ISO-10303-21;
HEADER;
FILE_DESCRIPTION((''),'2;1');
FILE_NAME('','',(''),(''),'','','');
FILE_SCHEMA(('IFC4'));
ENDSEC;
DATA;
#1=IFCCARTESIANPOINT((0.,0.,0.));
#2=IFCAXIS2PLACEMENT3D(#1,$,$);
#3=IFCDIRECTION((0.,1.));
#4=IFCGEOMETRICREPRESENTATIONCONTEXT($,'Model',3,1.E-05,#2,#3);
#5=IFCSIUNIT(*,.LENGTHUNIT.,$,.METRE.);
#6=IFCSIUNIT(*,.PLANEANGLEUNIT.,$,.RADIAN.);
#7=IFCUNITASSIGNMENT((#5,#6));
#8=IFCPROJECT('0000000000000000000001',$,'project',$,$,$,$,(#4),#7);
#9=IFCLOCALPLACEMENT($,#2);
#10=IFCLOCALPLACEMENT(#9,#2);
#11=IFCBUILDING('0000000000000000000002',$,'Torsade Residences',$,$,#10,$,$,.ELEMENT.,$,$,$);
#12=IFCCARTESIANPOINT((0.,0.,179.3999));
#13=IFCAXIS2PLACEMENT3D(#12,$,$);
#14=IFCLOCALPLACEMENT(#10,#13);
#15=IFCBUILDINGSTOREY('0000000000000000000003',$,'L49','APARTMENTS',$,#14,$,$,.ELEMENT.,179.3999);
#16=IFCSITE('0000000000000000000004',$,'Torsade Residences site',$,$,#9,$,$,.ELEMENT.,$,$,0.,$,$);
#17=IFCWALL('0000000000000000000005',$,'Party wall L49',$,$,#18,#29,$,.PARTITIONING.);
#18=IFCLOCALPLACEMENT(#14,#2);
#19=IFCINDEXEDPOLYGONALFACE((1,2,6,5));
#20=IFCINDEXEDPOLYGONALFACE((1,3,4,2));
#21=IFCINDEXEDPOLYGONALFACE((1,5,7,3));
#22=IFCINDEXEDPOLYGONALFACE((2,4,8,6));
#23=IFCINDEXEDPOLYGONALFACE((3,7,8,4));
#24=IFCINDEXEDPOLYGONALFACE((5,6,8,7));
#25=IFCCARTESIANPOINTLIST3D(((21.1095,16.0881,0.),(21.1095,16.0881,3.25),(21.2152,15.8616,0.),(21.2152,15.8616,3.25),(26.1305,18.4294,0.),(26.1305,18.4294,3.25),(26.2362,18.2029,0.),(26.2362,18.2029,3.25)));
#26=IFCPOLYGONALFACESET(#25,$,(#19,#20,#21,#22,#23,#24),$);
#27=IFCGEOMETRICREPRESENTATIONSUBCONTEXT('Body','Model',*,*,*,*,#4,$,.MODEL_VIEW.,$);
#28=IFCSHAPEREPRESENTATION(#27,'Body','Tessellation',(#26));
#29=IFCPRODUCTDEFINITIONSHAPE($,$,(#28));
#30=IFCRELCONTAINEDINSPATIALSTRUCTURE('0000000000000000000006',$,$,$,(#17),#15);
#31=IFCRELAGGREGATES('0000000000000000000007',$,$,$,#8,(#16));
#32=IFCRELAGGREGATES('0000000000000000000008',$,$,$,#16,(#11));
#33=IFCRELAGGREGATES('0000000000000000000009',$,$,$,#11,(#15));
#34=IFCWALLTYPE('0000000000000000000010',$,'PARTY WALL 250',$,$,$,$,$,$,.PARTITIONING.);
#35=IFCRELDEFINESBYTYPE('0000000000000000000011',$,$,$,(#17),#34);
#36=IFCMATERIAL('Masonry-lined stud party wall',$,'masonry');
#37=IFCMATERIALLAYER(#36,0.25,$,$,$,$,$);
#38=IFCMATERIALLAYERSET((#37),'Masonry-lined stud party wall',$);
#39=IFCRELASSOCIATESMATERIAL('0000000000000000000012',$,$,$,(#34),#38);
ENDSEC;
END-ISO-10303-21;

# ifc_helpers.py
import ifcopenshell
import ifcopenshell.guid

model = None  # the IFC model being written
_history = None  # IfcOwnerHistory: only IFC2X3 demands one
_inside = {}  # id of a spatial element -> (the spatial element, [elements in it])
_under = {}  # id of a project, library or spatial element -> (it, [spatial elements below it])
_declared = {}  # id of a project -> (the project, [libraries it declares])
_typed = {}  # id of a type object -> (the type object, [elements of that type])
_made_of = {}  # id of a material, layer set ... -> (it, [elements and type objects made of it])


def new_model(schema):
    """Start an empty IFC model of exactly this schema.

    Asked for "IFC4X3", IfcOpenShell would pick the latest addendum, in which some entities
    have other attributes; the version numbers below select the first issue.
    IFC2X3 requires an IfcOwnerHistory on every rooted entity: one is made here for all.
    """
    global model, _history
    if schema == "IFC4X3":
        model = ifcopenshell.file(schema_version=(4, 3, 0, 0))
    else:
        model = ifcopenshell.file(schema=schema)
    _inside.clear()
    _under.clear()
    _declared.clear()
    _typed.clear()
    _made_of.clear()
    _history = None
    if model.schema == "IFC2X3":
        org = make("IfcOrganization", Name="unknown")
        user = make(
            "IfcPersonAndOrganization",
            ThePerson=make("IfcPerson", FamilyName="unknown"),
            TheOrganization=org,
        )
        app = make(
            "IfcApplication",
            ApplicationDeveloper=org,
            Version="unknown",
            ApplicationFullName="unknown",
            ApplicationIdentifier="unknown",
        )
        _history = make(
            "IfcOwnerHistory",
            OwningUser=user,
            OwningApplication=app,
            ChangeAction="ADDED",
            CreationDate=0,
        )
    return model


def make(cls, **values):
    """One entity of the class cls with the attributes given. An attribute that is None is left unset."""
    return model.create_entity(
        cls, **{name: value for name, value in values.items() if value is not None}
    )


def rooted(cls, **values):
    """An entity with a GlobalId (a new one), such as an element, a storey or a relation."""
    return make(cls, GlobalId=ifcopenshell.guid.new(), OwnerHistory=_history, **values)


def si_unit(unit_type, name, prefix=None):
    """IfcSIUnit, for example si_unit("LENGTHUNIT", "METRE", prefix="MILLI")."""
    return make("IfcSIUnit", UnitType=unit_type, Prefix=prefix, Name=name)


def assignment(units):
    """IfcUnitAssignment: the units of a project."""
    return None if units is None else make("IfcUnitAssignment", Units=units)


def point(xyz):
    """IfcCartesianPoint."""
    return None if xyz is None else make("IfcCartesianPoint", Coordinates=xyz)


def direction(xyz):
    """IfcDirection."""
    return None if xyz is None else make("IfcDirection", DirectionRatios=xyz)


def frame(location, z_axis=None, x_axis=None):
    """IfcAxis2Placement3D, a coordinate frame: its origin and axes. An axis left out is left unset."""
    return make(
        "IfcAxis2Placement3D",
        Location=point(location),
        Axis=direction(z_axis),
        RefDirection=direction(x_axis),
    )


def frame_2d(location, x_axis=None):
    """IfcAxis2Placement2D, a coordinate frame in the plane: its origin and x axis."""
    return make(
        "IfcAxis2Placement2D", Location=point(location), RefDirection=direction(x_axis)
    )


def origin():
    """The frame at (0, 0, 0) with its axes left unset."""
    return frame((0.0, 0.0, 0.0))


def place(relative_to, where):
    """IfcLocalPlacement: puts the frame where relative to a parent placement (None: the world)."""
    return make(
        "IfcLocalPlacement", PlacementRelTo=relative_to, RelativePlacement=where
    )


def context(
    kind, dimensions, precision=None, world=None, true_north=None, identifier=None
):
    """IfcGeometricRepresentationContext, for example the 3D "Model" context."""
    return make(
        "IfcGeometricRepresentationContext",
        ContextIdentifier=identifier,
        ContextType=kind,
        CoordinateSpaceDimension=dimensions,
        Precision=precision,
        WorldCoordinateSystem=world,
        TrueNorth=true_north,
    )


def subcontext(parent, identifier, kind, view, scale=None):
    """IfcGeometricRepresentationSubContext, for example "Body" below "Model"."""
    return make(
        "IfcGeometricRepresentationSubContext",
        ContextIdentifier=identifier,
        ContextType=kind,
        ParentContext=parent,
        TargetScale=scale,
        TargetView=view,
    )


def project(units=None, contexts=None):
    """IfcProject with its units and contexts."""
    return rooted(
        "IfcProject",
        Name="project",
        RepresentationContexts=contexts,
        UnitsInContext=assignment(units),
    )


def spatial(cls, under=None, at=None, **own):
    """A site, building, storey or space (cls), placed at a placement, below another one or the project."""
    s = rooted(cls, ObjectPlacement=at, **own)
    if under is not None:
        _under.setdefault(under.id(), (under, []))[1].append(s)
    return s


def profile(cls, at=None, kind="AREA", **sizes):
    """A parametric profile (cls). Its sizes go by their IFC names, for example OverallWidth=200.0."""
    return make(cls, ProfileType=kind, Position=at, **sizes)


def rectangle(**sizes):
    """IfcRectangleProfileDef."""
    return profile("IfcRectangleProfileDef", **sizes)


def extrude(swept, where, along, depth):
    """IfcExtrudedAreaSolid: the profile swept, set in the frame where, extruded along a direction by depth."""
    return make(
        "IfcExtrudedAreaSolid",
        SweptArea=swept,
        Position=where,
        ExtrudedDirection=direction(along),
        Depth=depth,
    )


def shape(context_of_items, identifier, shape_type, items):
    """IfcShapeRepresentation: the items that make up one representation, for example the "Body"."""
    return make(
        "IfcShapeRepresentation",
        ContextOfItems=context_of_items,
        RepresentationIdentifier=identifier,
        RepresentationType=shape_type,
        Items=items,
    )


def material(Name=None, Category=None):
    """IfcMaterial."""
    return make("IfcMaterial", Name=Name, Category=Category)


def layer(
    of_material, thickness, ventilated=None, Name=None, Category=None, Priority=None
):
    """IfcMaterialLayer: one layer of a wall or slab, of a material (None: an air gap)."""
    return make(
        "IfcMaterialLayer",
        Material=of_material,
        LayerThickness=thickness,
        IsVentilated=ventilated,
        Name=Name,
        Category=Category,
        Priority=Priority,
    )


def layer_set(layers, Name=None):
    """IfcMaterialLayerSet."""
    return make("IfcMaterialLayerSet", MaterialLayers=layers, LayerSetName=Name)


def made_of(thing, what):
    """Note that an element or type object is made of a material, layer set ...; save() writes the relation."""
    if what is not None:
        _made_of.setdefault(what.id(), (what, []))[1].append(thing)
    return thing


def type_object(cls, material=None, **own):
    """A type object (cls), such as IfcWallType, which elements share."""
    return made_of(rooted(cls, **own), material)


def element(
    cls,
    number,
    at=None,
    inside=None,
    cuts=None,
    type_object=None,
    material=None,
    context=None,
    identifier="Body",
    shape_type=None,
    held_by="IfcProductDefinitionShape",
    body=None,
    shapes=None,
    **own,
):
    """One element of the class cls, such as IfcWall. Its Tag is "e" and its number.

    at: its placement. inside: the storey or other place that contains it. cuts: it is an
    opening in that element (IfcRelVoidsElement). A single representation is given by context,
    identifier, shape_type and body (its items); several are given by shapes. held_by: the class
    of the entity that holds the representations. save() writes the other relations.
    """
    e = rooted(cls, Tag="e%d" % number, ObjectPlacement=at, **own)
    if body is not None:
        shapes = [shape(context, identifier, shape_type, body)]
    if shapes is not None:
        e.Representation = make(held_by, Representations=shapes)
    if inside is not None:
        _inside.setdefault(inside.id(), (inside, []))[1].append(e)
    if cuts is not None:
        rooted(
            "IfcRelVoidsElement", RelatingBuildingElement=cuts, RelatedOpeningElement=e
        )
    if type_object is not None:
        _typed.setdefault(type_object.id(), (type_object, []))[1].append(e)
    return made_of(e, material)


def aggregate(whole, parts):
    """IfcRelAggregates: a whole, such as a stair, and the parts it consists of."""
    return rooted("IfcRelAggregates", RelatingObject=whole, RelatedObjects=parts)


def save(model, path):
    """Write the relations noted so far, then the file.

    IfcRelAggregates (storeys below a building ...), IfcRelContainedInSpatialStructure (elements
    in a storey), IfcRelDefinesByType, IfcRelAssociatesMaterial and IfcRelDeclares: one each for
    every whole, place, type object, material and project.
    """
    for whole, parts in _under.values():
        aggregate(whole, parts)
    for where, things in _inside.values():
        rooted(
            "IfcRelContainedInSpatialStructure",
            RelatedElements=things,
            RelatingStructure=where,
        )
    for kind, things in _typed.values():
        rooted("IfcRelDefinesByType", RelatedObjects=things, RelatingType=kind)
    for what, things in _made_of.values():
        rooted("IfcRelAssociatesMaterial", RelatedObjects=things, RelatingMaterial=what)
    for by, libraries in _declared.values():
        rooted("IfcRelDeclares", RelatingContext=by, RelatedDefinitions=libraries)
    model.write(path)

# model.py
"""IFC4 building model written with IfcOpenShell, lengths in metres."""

from ifc_helpers import new_model, si_unit, direction, frame, frame_2d, origin, place, context, subcontext, project, spatial, rectangle, extrude, material, layer, layer_set, type_object, element, save


model = new_model("IFC4")

# Units and contexts
model_context = context("Model", 3, precision=1e-05, world=origin(), true_north=direction((0.0, 1.0)))
body_context = subcontext(model_context, "Body", "Model", "MODEL_VIEW")
ifc_project = project(units=[si_unit("LENGTHUNIT", "METRE"), si_unit("PLANEANGLEUNIT", "RADIAN")], contexts=[model_context])

# Site, building, storey
site_placement = place(None, origin())
site = spatial("IfcSite", under=ifc_project, at=site_placement, Name="Torsade Residences site", CompositionType="ELEMENT", RefElevation=0.0)
building_placement = place(site_placement, origin())
building = spatial("IfcBuilding", under=site, at=building_placement, Name="Torsade Residences", CompositionType="ELEMENT")
storey_placement = place(building_placement, frame((0.0, 0.0, 179.3999)))
storey = spatial("IfcBuildingStorey", under=building, at=storey_placement, Name="L49", Description="APARTMENTS", CompositionType="ELEMENT", Elevation=179.3999)

# Wall
ifc_material_1 = material(Name="Masonry-lined stud party wall", Category="masonry")
ifc_layer_1 = layer(ifc_material_1, 0.25)
ifc_layer_set_1 = layer_set([ifc_layer_1], Name="Masonry-lined stud party wall")
wall_type_1 = type_object("IfcWallType", Name="PARTY WALL 250", PredefinedType="PARTITIONING", material=ifc_layer_set_1)
wall_1_placement = place(storey_placement, frame((21.1624, 15.9749, 0.0), z_axis=(0.0, 0.0, 1.0), x_axis=(0.906309, 0.422615, 0.0)))
element("IfcWall", 1, at=wall_1_placement, inside=storey, type_object=wall_type_1, Name="Party wall L49", PredefinedType="PARTITIONING", context=body_context, shape_type="SweptSolid", body=[
    extrude(rectangle(XDim=5.54, YDim=0.25, at=frame_2d((2.77, 0.0))), origin(), (0.0, 0.0, 1.0), 3.25),
])

save(model, "model.ifc")
